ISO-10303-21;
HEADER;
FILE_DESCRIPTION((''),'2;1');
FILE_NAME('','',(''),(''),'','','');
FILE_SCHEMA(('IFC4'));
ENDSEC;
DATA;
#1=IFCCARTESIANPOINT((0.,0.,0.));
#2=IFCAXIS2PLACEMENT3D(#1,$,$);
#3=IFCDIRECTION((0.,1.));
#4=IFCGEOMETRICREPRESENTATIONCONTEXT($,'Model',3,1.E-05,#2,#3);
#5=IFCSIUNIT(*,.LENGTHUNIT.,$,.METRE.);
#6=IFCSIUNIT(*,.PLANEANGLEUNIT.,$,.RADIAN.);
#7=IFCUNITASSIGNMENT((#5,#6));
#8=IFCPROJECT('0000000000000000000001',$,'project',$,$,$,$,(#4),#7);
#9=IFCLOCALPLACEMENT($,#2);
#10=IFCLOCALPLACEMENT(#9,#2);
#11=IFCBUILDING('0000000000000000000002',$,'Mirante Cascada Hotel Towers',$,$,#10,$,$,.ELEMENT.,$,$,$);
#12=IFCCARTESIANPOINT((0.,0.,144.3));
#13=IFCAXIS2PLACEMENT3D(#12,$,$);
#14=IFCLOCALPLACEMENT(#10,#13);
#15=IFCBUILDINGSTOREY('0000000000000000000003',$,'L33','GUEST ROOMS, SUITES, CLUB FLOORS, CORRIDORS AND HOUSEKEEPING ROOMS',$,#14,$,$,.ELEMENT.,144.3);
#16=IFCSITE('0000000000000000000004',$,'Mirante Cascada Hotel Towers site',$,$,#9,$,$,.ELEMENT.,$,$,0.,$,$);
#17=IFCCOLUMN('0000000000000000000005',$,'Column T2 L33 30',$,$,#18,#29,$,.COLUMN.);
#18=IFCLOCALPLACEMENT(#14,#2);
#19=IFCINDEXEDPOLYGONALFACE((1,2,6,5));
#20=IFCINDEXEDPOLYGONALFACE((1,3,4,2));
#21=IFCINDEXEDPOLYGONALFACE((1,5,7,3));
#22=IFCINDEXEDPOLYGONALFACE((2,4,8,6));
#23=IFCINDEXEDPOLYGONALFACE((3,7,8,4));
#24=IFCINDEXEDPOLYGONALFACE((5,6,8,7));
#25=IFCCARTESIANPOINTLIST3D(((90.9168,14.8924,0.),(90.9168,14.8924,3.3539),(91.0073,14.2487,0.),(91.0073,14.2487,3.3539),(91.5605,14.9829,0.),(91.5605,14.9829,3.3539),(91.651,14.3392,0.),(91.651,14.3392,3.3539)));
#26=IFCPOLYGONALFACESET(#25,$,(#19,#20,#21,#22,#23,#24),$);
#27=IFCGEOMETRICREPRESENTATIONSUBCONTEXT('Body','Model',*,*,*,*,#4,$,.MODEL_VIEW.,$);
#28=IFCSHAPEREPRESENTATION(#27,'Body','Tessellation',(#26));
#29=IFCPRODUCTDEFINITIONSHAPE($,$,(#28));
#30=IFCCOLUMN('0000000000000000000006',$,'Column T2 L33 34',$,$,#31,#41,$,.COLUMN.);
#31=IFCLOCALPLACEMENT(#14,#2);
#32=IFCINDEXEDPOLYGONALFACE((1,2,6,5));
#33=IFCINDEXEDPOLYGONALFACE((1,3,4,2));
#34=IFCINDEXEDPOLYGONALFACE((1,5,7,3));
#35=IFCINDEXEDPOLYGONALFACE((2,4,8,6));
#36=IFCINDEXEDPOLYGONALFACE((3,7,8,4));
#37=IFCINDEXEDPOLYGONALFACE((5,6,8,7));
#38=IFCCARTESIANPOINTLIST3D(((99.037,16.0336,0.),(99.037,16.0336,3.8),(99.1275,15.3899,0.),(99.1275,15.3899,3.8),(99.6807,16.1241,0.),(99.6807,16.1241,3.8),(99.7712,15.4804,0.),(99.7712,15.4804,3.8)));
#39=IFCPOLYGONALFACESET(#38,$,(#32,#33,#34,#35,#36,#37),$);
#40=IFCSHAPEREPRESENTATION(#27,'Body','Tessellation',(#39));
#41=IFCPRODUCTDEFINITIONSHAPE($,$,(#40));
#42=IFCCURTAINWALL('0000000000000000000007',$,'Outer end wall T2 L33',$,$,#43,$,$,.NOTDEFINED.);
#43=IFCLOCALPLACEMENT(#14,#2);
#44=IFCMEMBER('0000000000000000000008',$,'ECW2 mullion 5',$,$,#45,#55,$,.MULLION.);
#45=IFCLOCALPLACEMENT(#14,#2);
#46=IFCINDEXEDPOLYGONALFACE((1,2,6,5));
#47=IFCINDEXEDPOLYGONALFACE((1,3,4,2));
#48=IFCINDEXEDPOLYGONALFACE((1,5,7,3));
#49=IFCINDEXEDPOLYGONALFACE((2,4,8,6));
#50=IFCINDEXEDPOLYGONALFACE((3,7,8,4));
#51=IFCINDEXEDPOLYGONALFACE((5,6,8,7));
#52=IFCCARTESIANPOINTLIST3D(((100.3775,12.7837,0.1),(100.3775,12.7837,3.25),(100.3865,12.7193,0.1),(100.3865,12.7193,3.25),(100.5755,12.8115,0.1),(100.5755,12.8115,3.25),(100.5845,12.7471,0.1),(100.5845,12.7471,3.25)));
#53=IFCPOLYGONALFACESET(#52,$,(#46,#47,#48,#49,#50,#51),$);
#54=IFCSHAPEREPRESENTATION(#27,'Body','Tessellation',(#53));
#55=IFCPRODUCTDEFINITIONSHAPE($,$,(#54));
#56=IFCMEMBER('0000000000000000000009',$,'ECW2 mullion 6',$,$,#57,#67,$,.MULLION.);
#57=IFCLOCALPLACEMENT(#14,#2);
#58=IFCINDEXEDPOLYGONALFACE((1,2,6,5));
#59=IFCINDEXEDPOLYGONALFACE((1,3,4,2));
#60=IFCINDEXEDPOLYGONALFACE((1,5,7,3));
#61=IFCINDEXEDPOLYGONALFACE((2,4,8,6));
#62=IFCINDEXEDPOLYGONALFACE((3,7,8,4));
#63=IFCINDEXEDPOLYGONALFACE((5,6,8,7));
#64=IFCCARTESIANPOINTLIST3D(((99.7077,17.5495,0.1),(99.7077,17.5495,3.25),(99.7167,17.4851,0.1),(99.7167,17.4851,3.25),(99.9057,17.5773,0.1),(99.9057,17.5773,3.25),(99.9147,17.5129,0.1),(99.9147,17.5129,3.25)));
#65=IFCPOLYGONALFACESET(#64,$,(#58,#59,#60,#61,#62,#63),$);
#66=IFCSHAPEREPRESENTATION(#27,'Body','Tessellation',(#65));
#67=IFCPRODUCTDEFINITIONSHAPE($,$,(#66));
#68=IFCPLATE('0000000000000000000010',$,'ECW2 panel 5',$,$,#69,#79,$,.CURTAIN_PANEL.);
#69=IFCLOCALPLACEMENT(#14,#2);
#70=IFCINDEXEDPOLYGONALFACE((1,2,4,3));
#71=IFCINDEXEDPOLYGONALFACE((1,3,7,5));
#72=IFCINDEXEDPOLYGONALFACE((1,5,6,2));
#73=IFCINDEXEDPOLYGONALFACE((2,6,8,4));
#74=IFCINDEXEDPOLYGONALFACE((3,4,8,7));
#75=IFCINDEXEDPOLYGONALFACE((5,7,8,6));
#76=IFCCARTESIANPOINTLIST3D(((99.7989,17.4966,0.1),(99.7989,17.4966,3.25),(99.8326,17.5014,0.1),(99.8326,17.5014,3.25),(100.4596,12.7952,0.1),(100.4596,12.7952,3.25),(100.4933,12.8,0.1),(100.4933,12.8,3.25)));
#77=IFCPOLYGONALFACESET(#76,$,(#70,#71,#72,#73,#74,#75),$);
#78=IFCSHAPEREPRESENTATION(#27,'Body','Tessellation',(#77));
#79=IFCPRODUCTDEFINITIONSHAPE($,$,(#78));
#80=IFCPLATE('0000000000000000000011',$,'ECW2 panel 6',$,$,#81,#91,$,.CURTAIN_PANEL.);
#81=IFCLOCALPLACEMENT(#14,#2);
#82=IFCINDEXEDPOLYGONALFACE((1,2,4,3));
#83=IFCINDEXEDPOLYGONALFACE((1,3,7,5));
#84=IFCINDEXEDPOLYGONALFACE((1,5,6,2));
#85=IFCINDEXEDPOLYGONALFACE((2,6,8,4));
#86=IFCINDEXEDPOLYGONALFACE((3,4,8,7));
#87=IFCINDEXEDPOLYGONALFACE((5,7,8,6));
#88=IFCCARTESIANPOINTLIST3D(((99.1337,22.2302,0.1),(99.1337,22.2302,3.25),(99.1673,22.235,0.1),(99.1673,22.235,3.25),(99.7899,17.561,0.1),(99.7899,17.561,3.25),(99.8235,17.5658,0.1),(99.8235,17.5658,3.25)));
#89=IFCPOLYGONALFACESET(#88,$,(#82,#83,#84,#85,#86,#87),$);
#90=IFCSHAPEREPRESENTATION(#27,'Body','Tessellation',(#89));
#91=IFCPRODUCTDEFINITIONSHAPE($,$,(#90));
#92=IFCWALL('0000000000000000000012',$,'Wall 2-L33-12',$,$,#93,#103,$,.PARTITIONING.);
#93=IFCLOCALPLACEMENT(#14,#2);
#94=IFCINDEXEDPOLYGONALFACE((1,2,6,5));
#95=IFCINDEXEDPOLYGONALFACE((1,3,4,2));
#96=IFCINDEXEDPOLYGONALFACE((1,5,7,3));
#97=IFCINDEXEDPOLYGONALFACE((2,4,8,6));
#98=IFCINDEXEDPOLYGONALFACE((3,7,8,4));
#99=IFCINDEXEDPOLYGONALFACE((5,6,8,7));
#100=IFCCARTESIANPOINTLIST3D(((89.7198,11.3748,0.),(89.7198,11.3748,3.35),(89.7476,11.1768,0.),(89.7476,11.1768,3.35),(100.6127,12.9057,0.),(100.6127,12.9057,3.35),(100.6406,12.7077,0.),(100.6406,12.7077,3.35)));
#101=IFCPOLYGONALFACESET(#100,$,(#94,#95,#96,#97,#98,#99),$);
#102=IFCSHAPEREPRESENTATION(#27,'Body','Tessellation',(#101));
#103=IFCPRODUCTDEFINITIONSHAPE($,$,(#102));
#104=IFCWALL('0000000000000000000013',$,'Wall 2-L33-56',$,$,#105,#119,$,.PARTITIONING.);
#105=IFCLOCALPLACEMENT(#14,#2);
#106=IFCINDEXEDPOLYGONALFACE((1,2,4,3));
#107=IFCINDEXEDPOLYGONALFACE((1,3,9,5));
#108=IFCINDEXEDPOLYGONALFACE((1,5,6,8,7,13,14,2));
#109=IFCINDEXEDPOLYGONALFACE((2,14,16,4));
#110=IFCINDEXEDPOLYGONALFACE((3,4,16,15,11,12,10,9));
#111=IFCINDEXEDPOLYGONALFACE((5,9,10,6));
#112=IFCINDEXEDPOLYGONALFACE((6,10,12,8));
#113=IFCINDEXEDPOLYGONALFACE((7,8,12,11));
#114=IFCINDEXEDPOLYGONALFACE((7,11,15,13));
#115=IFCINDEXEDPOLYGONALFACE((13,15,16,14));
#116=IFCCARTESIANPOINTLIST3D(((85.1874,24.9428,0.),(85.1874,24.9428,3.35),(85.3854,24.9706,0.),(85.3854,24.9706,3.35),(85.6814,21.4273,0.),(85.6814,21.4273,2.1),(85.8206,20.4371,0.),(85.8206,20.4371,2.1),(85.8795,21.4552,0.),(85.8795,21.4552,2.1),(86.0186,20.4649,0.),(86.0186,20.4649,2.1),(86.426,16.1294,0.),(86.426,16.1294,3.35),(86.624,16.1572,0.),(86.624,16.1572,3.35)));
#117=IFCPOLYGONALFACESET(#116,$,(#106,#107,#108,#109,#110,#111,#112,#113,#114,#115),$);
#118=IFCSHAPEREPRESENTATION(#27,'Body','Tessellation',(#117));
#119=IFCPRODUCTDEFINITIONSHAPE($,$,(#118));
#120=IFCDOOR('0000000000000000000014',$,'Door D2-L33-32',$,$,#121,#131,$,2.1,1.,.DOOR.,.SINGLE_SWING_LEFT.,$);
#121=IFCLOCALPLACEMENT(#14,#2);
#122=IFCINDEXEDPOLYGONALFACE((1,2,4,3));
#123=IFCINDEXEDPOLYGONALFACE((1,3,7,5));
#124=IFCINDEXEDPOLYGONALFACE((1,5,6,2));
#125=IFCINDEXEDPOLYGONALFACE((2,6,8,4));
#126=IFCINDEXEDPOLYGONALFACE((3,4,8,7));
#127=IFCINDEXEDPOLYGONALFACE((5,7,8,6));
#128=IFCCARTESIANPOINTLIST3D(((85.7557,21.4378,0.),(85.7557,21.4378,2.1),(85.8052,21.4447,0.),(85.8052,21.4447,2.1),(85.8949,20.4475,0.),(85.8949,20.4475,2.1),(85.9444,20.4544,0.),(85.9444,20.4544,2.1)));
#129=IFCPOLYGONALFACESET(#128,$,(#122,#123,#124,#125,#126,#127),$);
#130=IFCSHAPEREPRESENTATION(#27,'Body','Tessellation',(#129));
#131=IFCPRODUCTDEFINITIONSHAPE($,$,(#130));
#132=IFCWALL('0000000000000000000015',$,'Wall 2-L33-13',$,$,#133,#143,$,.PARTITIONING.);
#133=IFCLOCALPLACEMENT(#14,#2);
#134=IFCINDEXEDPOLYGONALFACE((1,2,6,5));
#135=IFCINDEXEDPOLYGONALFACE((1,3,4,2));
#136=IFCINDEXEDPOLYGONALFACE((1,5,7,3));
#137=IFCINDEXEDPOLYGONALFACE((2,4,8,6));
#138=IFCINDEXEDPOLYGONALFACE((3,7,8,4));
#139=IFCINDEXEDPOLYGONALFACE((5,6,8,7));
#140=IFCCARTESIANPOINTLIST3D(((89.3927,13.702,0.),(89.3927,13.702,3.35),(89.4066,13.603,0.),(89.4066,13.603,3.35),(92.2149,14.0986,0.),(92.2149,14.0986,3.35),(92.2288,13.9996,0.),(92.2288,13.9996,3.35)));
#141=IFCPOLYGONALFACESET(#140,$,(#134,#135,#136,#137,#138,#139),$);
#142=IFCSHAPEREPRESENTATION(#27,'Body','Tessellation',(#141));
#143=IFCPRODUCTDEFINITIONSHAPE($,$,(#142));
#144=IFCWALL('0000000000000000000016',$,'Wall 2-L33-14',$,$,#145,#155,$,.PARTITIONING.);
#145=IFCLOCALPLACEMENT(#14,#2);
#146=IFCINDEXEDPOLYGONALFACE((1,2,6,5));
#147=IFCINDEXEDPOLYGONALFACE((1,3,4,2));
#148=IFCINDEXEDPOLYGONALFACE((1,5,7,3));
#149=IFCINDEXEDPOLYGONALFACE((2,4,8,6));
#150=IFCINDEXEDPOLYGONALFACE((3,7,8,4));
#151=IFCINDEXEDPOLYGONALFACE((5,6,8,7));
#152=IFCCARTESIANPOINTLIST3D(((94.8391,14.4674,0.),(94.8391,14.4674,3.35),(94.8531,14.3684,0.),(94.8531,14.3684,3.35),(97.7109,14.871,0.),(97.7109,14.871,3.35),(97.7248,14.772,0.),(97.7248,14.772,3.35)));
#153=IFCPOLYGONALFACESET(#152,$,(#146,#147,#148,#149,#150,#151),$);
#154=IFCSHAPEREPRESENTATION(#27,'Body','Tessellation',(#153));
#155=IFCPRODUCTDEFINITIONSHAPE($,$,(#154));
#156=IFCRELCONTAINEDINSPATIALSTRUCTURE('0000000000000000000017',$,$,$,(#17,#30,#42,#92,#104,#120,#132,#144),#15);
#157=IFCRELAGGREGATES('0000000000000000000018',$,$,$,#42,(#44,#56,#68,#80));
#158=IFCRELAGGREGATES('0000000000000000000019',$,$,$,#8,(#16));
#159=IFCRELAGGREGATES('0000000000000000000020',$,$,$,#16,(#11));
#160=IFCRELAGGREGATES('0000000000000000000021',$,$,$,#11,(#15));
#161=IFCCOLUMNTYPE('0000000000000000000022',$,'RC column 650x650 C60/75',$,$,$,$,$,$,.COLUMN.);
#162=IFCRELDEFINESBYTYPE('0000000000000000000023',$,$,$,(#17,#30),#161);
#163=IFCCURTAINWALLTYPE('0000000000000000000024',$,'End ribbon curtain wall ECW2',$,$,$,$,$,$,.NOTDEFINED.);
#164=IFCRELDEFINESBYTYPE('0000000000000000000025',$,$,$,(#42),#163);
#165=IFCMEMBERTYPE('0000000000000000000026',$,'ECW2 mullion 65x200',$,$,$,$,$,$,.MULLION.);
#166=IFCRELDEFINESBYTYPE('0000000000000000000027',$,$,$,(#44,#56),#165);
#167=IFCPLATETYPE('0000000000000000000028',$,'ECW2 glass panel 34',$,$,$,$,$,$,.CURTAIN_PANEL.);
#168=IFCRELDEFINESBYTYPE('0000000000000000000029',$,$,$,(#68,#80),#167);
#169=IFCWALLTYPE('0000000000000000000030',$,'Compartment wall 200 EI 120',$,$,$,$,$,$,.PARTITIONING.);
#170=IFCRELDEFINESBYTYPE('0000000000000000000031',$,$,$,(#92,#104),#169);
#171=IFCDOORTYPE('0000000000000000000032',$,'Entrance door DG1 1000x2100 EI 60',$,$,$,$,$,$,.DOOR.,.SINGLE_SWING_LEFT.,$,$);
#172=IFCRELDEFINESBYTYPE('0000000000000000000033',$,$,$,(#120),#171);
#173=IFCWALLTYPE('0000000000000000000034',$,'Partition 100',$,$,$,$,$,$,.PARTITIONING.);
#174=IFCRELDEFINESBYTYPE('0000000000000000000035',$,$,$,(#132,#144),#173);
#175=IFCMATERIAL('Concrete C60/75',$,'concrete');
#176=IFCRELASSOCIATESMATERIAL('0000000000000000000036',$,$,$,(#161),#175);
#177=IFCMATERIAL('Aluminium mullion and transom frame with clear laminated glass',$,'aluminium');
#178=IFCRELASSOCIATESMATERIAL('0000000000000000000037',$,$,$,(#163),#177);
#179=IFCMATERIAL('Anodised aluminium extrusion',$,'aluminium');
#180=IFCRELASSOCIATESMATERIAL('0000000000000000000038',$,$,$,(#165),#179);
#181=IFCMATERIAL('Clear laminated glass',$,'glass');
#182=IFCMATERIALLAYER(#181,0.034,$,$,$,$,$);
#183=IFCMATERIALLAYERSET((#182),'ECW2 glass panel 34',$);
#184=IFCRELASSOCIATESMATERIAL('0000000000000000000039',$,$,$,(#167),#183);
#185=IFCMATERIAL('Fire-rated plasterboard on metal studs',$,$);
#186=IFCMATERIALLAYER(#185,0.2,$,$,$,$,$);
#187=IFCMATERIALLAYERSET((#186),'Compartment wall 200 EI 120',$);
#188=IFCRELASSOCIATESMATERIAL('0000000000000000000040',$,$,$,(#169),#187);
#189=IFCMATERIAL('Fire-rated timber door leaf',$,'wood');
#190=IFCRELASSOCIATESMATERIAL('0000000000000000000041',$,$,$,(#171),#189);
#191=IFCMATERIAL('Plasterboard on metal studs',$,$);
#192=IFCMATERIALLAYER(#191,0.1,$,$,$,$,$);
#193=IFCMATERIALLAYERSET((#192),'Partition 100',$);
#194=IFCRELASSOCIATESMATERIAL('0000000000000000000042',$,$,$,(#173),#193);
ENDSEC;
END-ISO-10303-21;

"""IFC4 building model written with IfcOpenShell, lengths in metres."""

from ifc_helpers import new_model, si_unit, direction, frame, frame_2d, origin, origin_2d, place, context, subcontext, project, spatial, rectangle, extrude, material, layer, layer_set, material_profile, profile_set, type_object, element, fill, aggregate, save


model = new_model("IFC4")

# Units and contexts
model_context = context("Model", 3, precision=1e-05, world=origin(), true_north=direction((0.0, 1.0)))
body_context = subcontext(model_context, "Body", "Model", "MODEL_VIEW")
ifc_project = project(units=[si_unit("LENGTHUNIT", "METRE"), si_unit("PLANEANGLEUNIT", "RADIAN")], contexts=[model_context])

# Site, building, storey
site_placement = place(None, origin())
site = spatial("IfcSite", under=ifc_project, at=site_placement, Name="Mirante Cascada Hotel Towers site", CompositionType="ELEMENT", RefElevation=0.0)
building_placement = place(site_placement, origin())
building = spatial("IfcBuilding", under=site, at=building_placement, Name="Mirante Cascada Hotel Towers", CompositionType="ELEMENT")
storey_placement = place(building_placement, frame((0.0, 0.0, 144.3)))
storey = spatial("IfcBuildingStorey", under=building, at=storey_placement, Name="L33", Description="GUEST ROOMS, SUITES, CLUB FLOORS, CORRIDORS AND HOUSEKEEPING ROOMS", CompositionType="ELEMENT", Elevation=144.3)

# Columns
ifc_material_1 = material(Name="Concrete C60/75", Category="concrete")
ifc_material_profile_1 = material_profile(ifc_material_1, rectangle(XDim=0.65, YDim=0.65, at=origin_2d()), Name="RC column 650x650 C60/75")
ifc_profile_set_1 = profile_set([ifc_material_profile_1], Name="Concrete C60/75")
column_type = type_object("IfcColumnType", Name="RC column 650x650 C60/75", PredefinedType="COLUMN", material=ifc_profile_set_1)
column_1_placement = place(storey_placement, frame((91.2839, 14.6158, 0.0), z_axis=(0.0, 0.0, 1.0), x_axis=(0.990268, 0.139173, 0.0)))
element("IfcColumn", 1, at=column_1_placement, inside=storey, type_object=column_type, Name="Column T2 L33 30", PredefinedType="COLUMN", context=body_context, shape_type="SweptSolid", body=[
    extrude(rectangle(XDim=0.65, YDim=0.65, at=origin_2d()), origin(), (0.0, 0.0, 1.0), 3.3539),
])
column_2_placement = place(storey_placement, frame((99.4041, 15.757, 0.0), z_axis=(0.0, 0.0, 1.0), x_axis=(0.990268, 0.139173, 0.0)))
element("IfcColumn", 2, at=column_2_placement, inside=storey, type_object=column_type, Name="Column T2 L33 34", PredefinedType="COLUMN", context=body_context, shape_type="SweptSolid", body=[
    extrude(rectangle(XDim=0.65, YDim=0.65, at=origin_2d()), origin(), (0.0, 0.0, 1.0), 3.8),
])

# Curtain wall, members, plates
ifc_material_2 = material(Name="Aluminium mullion and transom frame with clear laminated glass", Category="aluminium")
curtain_wall_type = type_object("IfcCurtainWallType", Name="End ribbon curtain wall ECW2", PredefinedType="NOTDEFINED", material=ifc_material_2)
curtain_wall_placement = place(storey_placement, origin())
curtain_wall = element("IfcCurtainWall", 3, at=curtain_wall_placement, inside=storey, type_object=curtain_wall_type, Name="Outer end wall T2 L33", PredefinedType="NOTDEFINED")
ifc_material_3 = material(Name="Anodised aluminium extrusion", Category="aluminium")
ifc_material_profile_2 = material_profile(ifc_material_3, rectangle(XDim=0.2, YDim=0.065, at=origin_2d()), Name="ECW2 MULLION 65x200")
ifc_profile_set_2 = profile_set([ifc_material_profile_2], Name="Anodised aluminium extrusion")
member_type = type_object("IfcMemberType", Name="ECW2 mullion 65x200", PredefinedType="MULLION", material=ifc_profile_set_2)
member_1_placement = place(storey_placement, frame((100.481, 12.7654, 0.1), z_axis=(0.0, 0.0, 1.0), x_axis=(-0.990268, -0.139173, 0.0)))
member_1 = element("IfcMember", 4, at=member_1_placement, type_object=member_type, Name="ECW2 mullion 5", PredefinedType="MULLION", context=body_context, shape_type="SweptSolid", body=[
    extrude(rectangle(XDim=0.2, YDim=0.065, at=origin_2d()), origin(), (0.0, 0.0, 1.0), 3.15),
])
member_2_placement = place(storey_placement, frame((99.8112, 17.5312, 0.1), z_axis=(0.0, 0.0, 1.0), x_axis=(-0.990268, -0.139173, 0.0)))
member_2 = element("IfcMember", 5, at=member_2_placement, type_object=member_type, Name="ECW2 mullion 6", PredefinedType="MULLION", context=body_context, shape_type="SweptSolid", body=[
    extrude(rectangle(XDim=0.2, YDim=0.065, at=origin_2d()), origin(), (0.0, 0.0, 1.0), 3.15),
])
ifc_material_4 = material(Name="Clear laminated glass", Category="glass")
ifc_layer_1 = layer(ifc_material_4, 0.034)
ifc_layer_set_1 = layer_set([ifc_layer_1], Name="ECW2 glass panel 34")
plate_type = type_object("IfcPlateType", Name="ECW2 glass panel 34", PredefinedType="CURTAIN_PANEL", material=ifc_layer_set_1)
plate_1_placement = place(storey_placement, frame((100.1461, 15.1483, 0.1), z_axis=(0.0, 0.0, 1.0), x_axis=(-0.139173, 0.990268, 0.0)))
plate_1 = element("IfcPlate", 6, at=plate_1_placement, type_object=plate_type, Name="ECW2 panel 5", PredefinedType="CURTAIN_PANEL", context=body_context, shape_type="SweptSolid", body=[
    extrude(rectangle(XDim=4.7476, YDim=0.034, at=origin_2d()), origin(), (0.0, 0.0, 1.0), 3.15),
])
plate_2_placement = place(storey_placement, frame((99.4786, 19.898, 0.1), z_axis=(0.0, 0.0, 1.0), x_axis=(-0.139173, 0.990268, 0.0)))
plate_2 = element("IfcPlate", 7, at=plate_2_placement, type_object=plate_type, Name="ECW2 panel 6", PredefinedType="CURTAIN_PANEL", context=body_context, shape_type="SweptSolid", body=[
    extrude(rectangle(XDim=4.7151, YDim=0.034, at=origin_2d()), origin(), (0.0, 0.0, 1.0), 3.15),
])
aggregate(curtain_wall, [member_1, member_2, plate_1, plate_2])

# Wall
ifc_material_5 = material(Name="Fire-rated plasterboard on metal studs")
ifc_layer_2 = layer(ifc_material_5, 0.2)
ifc_layer_set_2 = layer_set([ifc_layer_2], Name="Compartment wall 200 EI 120")
wall_type_1 = type_object("IfcWallType", Name="Compartment wall 200 EI 120", PredefinedType="PARTITIONING", material=ifc_layer_set_2)
wall_1_placement = place(storey_placement, frame((89.7337, 11.2758, 0.0), z_axis=(0.0, 0.0, 1.0), x_axis=(0.990268, 0.139173, 0.0)))
element("IfcWall", 8, at=wall_1_placement, inside=storey, type_object=wall_type_1, Name="Wall 2-L33-12", PredefinedType="PARTITIONING", context=body_context, shape_type="SweptSolid", body=[
    extrude(rectangle(XDim=11.0, YDim=0.2, at=frame_2d((5.5, 0.0))), origin(), (0.0, 0.0, 1.0), 3.35),
])

# Wall, opening, door
wall_2_placement = place(storey_placement, frame((86.525, 16.1433, 0.0), z_axis=(0.0, 0.0, 1.0), x_axis=(-0.139168, 0.990269, 0.0)))
wall_2 = element("IfcWall", 9, at=wall_2_placement, inside=storey, type_object=wall_type_1, Name="Wall 2-L33-56", PredefinedType="PARTITIONING", context=body_context, shape_type="SweptSolid", body=[
    extrude(rectangle(XDim=8.9, YDim=0.2, at=frame_2d((4.45, 0.0))), origin(), (0.0, 0.0, 1.0), 3.35),
])
opening_1_placement = place(wall_2_placement, frame((4.35, 0.0, 0.0)))
opening_1 = element("IfcOpeningElement", 10, at=opening_1_placement, cuts=wall_2, PredefinedType="OPENING", context=body_context, shape_type="SweptSolid", body=[
    extrude(rectangle(XDim=1.0, YDim=2.1, at=frame_2d((0.5, 1.05))), frame((0.0, 0.1, 0.0), z_axis=(0.0, -1.0, 0.0), x_axis=(1.0, 0.0, 0.0)), (0.0, 0.0, 1.0), 0.2),
])
ifc_material_6 = material(Name="Fire-rated timber door leaf", Category="wood")
door_type_1 = type_object("IfcDoorType", Name="Entrance door DG1 1000x2100 EI 60", OperationType="SINGLE_SWING_LEFT", PredefinedType="DOOR", material=ifc_material_6)
door_1_placement = place(opening_1_placement, origin())
door_1 = element("IfcDoor", 11, at=door_1_placement, inside=storey, type_object=door_type_1, Name="Door D2-L33-32", OperationType="SINGLE_SWING_LEFT", OverallHeight=2.1, OverallWidth=1.0, PredefinedType="DOOR", context=body_context, shape_type="SweptSolid", body=[
    extrude(rectangle(XDim=1.0, YDim=2.1, at=frame_2d((0.5, 1.05))), frame((0.0, 0.025, 0.0), z_axis=(0.0, -1.0, 0.0), x_axis=(1.0, 0.0, 0.0)), (0.0, 0.0, 1.0), 0.05),
])
fill(opening_1, door_1)

# Walls
ifc_material_7 = material(Name="Plasterboard on metal studs")
ifc_layer_3 = layer(ifc_material_7, 0.1)
ifc_layer_set_3 = layer_set([ifc_layer_3], Name="Partition 100")
wall_type_2 = type_object("IfcWallType", Name="Partition 100", PredefinedType="PARTITIONING", material=ifc_layer_set_3)
wall_3_placement = place(storey_placement, frame((92.2219, 14.0491, 0.0), z_axis=(0.0, 0.0, 1.0), x_axis=(-0.99027, -0.139161, 0.0)))
element("IfcWall", 12, at=wall_3_placement, inside=storey, type_object=wall_type_2, Name="Wall 2-L33-13", PredefinedType="PARTITIONING", context=body_context, shape_type="SweptSolid", body=[
    extrude(rectangle(XDim=2.8499, YDim=0.1, at=frame_2d((1.425, 0.0))), origin(), (0.0, 0.0, 1.0), 3.35),
])
wall_4_placement = place(storey_placement, frame((94.8461, 14.4179, 0.0), z_axis=(0.0, 0.0, 1.0), x_axis=(0.990268, 0.139171, 0.0)))
element("IfcWall", 13, at=wall_4_placement, inside=storey, type_object=wall_type_2, Name="Wall 2-L33-14", PredefinedType="PARTITIONING", context=body_context, shape_type="SweptSolid", body=[
    extrude(rectangle(XDim=2.9, YDim=0.1, at=frame_2d((1.45, 0.0))), origin(), (0.0, 0.0, 1.0), 3.35),
])

save(model, "model.ifc")
